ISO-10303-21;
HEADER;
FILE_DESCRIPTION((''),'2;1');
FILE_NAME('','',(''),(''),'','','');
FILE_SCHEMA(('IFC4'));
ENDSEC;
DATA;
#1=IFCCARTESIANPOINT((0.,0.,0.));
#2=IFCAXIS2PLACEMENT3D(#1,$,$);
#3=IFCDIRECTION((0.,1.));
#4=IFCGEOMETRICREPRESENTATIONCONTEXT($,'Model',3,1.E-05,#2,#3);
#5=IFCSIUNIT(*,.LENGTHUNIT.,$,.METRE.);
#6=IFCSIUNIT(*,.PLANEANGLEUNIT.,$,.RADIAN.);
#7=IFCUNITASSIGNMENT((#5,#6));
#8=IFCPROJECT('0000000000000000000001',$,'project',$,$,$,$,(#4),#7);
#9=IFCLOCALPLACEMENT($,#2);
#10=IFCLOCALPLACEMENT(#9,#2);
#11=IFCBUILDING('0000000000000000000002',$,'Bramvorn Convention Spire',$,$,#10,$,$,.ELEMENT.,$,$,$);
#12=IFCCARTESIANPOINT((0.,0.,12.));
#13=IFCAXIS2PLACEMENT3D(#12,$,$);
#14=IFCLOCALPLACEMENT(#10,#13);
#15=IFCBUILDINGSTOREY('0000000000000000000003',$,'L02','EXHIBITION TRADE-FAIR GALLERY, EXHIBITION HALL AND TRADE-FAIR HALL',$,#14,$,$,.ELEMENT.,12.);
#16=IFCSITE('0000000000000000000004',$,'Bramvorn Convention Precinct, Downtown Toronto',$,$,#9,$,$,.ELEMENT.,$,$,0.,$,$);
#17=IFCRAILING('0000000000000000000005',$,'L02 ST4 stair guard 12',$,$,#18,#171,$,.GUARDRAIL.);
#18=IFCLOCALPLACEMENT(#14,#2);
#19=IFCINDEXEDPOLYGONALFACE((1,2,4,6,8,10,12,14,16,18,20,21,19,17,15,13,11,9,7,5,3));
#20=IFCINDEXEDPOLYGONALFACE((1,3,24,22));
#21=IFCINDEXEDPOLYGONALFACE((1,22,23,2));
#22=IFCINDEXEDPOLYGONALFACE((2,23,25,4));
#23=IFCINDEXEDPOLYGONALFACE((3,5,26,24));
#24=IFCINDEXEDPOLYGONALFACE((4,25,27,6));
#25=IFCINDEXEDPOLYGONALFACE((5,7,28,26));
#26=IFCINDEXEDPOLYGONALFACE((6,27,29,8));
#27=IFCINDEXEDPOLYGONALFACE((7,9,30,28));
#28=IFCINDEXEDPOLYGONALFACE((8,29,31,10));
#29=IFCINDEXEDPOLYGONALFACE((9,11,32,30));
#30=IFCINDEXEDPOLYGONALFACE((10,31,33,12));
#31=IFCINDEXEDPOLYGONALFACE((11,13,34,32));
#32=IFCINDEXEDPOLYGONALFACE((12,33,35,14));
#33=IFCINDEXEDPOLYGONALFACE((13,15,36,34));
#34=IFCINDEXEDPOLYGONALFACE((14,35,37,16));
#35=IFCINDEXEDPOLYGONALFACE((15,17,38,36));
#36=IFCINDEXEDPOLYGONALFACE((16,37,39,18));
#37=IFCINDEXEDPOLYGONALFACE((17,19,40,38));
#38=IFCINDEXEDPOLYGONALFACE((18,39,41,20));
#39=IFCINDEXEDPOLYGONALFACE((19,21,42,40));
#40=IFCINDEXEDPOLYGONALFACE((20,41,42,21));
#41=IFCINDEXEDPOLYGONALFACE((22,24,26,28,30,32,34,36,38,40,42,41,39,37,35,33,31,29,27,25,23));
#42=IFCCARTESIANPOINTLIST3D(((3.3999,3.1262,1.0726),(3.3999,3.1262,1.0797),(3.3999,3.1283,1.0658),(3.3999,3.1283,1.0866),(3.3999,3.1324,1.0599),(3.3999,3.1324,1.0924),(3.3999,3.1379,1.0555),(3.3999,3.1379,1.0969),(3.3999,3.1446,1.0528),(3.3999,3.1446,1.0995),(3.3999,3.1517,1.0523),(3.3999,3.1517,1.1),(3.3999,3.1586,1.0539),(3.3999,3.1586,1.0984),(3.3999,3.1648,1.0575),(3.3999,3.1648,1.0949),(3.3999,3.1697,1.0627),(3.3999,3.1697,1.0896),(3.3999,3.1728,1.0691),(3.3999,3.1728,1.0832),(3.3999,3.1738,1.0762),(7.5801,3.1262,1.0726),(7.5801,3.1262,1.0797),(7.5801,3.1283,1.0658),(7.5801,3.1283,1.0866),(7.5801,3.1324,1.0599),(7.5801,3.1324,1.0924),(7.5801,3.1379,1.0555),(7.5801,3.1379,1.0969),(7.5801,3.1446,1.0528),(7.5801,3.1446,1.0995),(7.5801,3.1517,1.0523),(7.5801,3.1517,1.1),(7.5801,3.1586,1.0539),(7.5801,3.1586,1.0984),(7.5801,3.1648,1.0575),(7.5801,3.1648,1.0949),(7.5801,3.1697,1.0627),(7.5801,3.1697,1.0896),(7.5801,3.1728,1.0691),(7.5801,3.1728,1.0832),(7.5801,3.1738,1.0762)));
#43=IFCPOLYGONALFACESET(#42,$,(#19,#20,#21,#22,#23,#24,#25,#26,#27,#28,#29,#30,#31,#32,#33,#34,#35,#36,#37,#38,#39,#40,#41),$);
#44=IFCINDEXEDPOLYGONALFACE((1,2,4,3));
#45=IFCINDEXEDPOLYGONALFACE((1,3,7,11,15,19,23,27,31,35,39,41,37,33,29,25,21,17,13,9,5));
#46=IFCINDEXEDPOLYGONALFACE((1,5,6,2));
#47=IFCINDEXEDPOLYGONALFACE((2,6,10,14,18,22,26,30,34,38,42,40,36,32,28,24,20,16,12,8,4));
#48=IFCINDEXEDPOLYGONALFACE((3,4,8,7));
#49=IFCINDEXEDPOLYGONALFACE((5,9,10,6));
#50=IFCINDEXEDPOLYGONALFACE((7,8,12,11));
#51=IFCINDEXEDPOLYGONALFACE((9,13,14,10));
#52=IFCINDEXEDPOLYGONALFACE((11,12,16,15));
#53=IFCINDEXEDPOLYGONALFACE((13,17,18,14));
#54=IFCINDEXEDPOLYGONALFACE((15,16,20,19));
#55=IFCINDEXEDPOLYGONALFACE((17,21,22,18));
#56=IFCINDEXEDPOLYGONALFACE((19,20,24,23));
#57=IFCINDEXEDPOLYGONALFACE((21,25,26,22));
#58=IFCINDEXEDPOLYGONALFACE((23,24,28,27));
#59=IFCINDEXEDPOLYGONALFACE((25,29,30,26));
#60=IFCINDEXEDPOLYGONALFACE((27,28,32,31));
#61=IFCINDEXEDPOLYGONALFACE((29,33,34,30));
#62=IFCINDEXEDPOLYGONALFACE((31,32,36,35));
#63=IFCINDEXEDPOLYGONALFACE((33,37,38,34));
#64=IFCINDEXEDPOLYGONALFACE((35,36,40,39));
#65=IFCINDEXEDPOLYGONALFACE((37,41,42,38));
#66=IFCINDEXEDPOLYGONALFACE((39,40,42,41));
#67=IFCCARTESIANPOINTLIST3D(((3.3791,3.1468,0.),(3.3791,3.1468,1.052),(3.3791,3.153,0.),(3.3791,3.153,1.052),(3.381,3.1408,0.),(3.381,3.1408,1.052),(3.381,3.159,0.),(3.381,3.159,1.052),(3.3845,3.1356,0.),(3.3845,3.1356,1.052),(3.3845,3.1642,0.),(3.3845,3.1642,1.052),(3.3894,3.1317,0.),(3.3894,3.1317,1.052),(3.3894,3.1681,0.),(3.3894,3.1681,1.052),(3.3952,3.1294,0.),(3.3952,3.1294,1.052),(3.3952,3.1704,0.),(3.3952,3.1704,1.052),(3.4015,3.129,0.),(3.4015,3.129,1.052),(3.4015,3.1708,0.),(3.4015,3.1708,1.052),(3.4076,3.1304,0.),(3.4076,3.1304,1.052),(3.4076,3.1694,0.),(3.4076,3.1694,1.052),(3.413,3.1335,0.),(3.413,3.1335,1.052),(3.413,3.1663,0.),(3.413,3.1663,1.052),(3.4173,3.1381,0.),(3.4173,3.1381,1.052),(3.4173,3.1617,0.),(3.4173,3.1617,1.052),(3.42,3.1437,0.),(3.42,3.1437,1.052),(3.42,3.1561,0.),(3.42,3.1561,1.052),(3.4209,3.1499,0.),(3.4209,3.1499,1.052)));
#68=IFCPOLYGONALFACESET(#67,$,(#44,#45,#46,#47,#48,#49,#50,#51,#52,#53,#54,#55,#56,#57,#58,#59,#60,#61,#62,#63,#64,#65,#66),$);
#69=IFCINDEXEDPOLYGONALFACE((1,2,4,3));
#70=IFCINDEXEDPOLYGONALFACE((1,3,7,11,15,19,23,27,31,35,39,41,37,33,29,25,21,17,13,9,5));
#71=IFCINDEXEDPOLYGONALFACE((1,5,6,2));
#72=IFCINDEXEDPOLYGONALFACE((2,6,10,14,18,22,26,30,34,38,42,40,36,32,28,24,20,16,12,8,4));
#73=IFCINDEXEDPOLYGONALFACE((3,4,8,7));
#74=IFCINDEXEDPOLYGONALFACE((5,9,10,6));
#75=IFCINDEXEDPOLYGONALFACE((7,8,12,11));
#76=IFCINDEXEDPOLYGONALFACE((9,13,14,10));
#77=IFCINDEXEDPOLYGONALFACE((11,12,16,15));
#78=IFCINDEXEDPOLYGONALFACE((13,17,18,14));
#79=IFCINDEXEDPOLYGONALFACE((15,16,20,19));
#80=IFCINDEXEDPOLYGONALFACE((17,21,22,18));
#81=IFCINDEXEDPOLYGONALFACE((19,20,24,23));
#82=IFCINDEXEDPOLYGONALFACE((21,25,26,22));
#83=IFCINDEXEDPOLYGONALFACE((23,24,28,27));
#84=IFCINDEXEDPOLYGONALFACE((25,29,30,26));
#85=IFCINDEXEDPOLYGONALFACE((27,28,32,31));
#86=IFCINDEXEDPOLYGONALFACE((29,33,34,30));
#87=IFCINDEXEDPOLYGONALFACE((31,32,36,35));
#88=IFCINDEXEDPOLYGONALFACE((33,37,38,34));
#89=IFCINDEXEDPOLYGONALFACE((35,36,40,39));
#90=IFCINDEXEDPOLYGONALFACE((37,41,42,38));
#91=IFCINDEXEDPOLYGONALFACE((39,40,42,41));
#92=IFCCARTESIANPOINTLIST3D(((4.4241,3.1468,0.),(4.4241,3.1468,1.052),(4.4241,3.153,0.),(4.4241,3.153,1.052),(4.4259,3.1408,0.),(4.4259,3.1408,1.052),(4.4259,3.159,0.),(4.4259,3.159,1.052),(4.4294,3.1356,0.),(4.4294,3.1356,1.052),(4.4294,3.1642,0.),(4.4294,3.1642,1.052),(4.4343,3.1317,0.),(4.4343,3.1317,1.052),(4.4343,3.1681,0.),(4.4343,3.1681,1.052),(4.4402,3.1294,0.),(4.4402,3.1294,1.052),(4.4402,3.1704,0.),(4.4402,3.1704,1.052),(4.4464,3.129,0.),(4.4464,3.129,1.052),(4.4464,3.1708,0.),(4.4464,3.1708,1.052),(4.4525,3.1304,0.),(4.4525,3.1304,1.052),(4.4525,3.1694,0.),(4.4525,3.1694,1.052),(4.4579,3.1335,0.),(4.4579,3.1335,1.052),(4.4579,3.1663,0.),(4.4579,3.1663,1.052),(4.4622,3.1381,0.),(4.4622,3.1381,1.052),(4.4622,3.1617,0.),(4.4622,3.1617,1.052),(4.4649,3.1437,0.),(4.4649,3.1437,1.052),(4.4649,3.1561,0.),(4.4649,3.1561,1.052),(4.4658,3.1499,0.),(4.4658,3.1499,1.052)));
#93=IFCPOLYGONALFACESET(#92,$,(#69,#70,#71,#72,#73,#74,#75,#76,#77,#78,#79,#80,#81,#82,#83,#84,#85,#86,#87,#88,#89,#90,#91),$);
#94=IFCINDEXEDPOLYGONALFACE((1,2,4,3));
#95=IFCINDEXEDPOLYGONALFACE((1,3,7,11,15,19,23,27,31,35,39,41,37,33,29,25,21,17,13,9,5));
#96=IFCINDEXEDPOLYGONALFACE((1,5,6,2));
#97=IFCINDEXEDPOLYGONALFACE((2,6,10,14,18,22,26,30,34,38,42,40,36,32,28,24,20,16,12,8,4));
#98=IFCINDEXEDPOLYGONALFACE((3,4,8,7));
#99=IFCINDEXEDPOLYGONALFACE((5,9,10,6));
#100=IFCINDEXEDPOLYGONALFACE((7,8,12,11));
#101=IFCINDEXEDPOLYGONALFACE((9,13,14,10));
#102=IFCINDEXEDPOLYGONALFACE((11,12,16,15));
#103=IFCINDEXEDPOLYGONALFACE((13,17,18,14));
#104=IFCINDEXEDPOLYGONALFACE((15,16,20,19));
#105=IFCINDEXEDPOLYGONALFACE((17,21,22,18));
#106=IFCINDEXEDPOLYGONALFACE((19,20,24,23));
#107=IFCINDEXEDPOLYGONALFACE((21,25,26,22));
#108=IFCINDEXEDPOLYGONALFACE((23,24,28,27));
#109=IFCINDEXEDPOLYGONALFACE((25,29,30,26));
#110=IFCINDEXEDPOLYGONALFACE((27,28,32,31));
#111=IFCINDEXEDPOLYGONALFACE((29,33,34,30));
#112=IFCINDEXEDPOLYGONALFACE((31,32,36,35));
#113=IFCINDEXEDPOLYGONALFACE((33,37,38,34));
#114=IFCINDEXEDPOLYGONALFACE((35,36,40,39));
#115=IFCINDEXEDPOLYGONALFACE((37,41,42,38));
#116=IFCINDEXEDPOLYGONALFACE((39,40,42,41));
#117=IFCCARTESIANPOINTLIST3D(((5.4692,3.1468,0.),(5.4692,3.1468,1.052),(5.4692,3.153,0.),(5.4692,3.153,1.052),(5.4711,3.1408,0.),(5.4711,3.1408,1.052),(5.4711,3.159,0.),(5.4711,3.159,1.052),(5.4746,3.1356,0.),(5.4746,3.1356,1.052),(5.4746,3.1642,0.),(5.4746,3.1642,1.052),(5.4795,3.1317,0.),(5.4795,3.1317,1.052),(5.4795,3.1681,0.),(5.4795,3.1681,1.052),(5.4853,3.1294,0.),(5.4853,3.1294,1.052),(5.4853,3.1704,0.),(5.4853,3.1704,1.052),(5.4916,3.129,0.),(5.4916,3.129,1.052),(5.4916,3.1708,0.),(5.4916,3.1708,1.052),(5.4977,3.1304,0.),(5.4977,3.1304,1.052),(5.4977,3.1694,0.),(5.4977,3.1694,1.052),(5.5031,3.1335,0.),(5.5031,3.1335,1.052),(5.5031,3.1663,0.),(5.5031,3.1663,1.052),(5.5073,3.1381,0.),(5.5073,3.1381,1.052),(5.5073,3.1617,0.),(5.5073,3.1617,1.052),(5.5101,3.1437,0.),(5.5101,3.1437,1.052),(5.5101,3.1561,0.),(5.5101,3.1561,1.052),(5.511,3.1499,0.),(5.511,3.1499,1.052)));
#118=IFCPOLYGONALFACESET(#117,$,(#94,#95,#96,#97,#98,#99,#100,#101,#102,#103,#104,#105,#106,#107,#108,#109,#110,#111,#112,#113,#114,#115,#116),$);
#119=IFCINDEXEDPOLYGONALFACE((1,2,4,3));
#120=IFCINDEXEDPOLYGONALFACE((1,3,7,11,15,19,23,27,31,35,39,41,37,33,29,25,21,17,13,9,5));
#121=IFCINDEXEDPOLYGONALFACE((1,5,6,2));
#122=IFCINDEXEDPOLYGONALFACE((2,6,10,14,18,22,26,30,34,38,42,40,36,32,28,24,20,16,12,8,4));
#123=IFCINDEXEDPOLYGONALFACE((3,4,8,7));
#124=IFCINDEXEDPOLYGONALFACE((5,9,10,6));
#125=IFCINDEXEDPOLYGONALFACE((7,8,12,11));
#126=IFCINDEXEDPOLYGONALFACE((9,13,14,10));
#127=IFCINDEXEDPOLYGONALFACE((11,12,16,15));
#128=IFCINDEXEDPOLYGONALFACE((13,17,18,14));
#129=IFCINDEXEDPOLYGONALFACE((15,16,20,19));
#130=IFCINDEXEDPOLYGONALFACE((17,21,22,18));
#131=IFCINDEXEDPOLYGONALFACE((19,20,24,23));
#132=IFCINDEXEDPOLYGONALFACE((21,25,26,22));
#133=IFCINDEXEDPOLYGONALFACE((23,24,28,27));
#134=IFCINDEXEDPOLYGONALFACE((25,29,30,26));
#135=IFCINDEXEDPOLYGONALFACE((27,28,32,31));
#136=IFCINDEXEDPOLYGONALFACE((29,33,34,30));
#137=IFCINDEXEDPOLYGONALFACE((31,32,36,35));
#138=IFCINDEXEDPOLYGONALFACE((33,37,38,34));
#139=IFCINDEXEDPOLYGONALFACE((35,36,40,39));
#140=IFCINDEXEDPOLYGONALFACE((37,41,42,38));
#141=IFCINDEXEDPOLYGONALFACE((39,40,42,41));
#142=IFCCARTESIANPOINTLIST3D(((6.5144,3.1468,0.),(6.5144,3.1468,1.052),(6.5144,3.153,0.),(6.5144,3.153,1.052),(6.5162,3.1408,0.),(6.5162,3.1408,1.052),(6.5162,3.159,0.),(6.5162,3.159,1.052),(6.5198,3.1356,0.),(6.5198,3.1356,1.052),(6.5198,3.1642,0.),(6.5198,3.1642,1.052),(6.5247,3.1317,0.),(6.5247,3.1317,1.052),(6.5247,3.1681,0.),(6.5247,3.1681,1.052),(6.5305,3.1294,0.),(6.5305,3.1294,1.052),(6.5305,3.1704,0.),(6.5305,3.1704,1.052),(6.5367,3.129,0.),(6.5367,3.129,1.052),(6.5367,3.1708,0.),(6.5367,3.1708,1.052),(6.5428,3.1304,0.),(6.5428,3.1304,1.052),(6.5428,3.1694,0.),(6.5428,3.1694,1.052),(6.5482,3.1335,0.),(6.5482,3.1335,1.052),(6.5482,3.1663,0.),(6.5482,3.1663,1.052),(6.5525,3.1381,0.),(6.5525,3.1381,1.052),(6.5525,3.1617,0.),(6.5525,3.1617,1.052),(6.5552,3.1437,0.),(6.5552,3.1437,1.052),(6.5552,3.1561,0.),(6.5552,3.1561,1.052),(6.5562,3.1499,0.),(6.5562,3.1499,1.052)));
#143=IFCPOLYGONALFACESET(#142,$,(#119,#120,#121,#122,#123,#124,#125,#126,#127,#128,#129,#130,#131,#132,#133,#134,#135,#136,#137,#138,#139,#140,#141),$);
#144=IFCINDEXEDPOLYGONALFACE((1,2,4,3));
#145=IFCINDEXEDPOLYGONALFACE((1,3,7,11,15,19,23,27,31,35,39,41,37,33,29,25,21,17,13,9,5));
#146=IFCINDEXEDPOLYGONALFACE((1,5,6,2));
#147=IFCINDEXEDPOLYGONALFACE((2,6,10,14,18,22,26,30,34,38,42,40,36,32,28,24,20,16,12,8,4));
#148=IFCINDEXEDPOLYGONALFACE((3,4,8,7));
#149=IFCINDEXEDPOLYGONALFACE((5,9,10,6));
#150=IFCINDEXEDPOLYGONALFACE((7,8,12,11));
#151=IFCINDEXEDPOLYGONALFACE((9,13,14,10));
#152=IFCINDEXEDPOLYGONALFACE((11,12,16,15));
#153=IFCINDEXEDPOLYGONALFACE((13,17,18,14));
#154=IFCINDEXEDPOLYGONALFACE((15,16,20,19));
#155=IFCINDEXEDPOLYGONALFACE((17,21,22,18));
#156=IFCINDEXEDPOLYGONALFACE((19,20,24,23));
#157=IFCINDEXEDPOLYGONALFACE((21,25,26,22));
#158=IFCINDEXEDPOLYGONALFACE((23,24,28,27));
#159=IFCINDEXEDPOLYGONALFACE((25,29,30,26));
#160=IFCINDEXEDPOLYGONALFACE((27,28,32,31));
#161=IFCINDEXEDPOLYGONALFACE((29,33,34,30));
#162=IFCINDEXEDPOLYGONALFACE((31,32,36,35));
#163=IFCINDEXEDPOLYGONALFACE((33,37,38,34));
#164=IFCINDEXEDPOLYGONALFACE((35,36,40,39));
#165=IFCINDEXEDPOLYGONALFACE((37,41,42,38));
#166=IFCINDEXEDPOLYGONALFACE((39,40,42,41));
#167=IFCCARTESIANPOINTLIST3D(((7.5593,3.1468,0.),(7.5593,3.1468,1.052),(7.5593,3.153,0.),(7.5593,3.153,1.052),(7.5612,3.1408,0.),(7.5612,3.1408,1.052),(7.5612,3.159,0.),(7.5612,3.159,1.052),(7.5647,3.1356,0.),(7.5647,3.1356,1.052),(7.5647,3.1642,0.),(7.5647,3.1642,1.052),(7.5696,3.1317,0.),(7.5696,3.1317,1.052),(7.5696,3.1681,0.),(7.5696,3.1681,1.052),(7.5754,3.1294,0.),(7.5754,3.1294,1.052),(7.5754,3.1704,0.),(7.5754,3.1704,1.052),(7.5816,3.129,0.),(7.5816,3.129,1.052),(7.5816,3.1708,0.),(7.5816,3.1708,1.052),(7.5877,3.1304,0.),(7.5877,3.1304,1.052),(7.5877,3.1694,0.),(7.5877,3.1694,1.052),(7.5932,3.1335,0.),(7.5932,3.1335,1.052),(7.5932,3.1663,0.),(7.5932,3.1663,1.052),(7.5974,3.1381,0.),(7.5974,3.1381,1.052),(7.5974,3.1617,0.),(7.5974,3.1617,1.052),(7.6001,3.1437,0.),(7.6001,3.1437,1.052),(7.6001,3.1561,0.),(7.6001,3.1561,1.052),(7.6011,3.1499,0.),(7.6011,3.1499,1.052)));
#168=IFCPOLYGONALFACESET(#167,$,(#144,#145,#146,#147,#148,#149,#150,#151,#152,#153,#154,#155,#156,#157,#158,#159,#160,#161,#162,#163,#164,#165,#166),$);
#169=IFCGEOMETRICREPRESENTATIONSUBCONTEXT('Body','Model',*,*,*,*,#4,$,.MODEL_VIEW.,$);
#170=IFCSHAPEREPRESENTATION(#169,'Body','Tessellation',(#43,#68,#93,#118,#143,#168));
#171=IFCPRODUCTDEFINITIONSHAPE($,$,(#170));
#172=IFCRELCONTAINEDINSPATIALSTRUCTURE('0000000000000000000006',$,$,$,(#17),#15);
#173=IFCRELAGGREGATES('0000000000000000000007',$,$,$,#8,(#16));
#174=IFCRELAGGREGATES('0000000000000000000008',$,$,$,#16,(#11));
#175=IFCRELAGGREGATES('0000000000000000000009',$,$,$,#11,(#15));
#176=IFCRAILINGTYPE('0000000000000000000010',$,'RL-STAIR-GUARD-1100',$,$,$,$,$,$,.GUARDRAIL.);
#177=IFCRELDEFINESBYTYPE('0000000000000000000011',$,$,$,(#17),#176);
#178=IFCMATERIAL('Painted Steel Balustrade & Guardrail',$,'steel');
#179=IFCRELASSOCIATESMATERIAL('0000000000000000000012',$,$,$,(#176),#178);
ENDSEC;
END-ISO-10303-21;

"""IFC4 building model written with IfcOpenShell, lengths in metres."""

from ifc_helpers import new_model, si_unit, direction, frame, origin, origin_2d, place, context, subcontext, project, spatial, circle, extrude, material, type_object, element, save


model = new_model("IFC4")

# Units and contexts
model_context = context("Model", 3, precision=1e-05, world=origin(), true_north=direction((0.0, 1.0)))
body_context = subcontext(model_context, "Body", "Model", "MODEL_VIEW")
ifc_project = project(units=[si_unit("LENGTHUNIT", "METRE"), si_unit("PLANEANGLEUNIT", "RADIAN")], contexts=[model_context])

# Site, building, storey
site_placement = place(None, origin())
site = spatial("IfcSite", under=ifc_project, at=site_placement, Name="Bramvorn Convention Precinct, Downtown Toronto", CompositionType="ELEMENT", RefElevation=0.0)
building_placement = place(site_placement, origin())
building = spatial("IfcBuilding", under=site, at=building_placement, Name="Bramvorn Convention Spire", CompositionType="ELEMENT")
storey_placement = place(building_placement, frame((0.0, 0.0, 12.0)))
storey = spatial("IfcBuildingStorey", under=building, at=storey_placement, Name="L02", Description="EXHIBITION TRADE-FAIR GALLERY, EXHIBITION HALL AND TRADE-FAIR HALL", CompositionType="ELEMENT", Elevation=12.0)

# Railing
ifc_material_1 = material(Name="Painted Steel Balustrade & Guardrail", Category="steel")
railing_type_1 = type_object("IfcRailingType", Name="RL-STAIR-GUARD-1100", PredefinedType="GUARDRAIL", material=ifc_material_1)
railing_1_placement = place(storey_placement, frame((3.3999, 3.1499, 0.0)))
element("IfcRailing", 1, at=railing_1_placement, inside=storey, type_object=railing_type_1, Name="L02 ST4 stair guard 12", PredefinedType="GUARDRAIL", context=body_context, shape_type="SweptSolid", body=[
    extrude(circle(Radius=0.0239, at=origin_2d()), frame((0.0, 0.0, 1.0762), z_axis=(1.0, 0.0, 0.0), x_axis=(0.0, 1.0, 0.0)), (0.0, 0.0, 1.0), 4.1802),
    extrude(circle(Radius=0.021, at=origin_2d()), origin(), (0.0, 0.0, 1.0), 1.052),
    extrude(circle(Radius=0.021, at=origin_2d()), frame((1.0449, 0.0, 0.0)), (0.0, 0.0, 1.0), 1.052),
    extrude(circle(Radius=0.021, at=origin_2d()), frame((2.0901, 0.0, 0.0)), (0.0, 0.0, 1.0), 1.052),
    extrude(circle(Radius=0.021, at=origin_2d()), frame((3.1353, 0.0, 0.0)), (0.0, 0.0, 1.0), 1.052),
    extrude(circle(Radius=0.021, at=origin_2d()), frame((4.1802, 0.0, 0.0)), (0.0, 0.0, 1.0), 1.052),
])

save(model, "model.ifc")
